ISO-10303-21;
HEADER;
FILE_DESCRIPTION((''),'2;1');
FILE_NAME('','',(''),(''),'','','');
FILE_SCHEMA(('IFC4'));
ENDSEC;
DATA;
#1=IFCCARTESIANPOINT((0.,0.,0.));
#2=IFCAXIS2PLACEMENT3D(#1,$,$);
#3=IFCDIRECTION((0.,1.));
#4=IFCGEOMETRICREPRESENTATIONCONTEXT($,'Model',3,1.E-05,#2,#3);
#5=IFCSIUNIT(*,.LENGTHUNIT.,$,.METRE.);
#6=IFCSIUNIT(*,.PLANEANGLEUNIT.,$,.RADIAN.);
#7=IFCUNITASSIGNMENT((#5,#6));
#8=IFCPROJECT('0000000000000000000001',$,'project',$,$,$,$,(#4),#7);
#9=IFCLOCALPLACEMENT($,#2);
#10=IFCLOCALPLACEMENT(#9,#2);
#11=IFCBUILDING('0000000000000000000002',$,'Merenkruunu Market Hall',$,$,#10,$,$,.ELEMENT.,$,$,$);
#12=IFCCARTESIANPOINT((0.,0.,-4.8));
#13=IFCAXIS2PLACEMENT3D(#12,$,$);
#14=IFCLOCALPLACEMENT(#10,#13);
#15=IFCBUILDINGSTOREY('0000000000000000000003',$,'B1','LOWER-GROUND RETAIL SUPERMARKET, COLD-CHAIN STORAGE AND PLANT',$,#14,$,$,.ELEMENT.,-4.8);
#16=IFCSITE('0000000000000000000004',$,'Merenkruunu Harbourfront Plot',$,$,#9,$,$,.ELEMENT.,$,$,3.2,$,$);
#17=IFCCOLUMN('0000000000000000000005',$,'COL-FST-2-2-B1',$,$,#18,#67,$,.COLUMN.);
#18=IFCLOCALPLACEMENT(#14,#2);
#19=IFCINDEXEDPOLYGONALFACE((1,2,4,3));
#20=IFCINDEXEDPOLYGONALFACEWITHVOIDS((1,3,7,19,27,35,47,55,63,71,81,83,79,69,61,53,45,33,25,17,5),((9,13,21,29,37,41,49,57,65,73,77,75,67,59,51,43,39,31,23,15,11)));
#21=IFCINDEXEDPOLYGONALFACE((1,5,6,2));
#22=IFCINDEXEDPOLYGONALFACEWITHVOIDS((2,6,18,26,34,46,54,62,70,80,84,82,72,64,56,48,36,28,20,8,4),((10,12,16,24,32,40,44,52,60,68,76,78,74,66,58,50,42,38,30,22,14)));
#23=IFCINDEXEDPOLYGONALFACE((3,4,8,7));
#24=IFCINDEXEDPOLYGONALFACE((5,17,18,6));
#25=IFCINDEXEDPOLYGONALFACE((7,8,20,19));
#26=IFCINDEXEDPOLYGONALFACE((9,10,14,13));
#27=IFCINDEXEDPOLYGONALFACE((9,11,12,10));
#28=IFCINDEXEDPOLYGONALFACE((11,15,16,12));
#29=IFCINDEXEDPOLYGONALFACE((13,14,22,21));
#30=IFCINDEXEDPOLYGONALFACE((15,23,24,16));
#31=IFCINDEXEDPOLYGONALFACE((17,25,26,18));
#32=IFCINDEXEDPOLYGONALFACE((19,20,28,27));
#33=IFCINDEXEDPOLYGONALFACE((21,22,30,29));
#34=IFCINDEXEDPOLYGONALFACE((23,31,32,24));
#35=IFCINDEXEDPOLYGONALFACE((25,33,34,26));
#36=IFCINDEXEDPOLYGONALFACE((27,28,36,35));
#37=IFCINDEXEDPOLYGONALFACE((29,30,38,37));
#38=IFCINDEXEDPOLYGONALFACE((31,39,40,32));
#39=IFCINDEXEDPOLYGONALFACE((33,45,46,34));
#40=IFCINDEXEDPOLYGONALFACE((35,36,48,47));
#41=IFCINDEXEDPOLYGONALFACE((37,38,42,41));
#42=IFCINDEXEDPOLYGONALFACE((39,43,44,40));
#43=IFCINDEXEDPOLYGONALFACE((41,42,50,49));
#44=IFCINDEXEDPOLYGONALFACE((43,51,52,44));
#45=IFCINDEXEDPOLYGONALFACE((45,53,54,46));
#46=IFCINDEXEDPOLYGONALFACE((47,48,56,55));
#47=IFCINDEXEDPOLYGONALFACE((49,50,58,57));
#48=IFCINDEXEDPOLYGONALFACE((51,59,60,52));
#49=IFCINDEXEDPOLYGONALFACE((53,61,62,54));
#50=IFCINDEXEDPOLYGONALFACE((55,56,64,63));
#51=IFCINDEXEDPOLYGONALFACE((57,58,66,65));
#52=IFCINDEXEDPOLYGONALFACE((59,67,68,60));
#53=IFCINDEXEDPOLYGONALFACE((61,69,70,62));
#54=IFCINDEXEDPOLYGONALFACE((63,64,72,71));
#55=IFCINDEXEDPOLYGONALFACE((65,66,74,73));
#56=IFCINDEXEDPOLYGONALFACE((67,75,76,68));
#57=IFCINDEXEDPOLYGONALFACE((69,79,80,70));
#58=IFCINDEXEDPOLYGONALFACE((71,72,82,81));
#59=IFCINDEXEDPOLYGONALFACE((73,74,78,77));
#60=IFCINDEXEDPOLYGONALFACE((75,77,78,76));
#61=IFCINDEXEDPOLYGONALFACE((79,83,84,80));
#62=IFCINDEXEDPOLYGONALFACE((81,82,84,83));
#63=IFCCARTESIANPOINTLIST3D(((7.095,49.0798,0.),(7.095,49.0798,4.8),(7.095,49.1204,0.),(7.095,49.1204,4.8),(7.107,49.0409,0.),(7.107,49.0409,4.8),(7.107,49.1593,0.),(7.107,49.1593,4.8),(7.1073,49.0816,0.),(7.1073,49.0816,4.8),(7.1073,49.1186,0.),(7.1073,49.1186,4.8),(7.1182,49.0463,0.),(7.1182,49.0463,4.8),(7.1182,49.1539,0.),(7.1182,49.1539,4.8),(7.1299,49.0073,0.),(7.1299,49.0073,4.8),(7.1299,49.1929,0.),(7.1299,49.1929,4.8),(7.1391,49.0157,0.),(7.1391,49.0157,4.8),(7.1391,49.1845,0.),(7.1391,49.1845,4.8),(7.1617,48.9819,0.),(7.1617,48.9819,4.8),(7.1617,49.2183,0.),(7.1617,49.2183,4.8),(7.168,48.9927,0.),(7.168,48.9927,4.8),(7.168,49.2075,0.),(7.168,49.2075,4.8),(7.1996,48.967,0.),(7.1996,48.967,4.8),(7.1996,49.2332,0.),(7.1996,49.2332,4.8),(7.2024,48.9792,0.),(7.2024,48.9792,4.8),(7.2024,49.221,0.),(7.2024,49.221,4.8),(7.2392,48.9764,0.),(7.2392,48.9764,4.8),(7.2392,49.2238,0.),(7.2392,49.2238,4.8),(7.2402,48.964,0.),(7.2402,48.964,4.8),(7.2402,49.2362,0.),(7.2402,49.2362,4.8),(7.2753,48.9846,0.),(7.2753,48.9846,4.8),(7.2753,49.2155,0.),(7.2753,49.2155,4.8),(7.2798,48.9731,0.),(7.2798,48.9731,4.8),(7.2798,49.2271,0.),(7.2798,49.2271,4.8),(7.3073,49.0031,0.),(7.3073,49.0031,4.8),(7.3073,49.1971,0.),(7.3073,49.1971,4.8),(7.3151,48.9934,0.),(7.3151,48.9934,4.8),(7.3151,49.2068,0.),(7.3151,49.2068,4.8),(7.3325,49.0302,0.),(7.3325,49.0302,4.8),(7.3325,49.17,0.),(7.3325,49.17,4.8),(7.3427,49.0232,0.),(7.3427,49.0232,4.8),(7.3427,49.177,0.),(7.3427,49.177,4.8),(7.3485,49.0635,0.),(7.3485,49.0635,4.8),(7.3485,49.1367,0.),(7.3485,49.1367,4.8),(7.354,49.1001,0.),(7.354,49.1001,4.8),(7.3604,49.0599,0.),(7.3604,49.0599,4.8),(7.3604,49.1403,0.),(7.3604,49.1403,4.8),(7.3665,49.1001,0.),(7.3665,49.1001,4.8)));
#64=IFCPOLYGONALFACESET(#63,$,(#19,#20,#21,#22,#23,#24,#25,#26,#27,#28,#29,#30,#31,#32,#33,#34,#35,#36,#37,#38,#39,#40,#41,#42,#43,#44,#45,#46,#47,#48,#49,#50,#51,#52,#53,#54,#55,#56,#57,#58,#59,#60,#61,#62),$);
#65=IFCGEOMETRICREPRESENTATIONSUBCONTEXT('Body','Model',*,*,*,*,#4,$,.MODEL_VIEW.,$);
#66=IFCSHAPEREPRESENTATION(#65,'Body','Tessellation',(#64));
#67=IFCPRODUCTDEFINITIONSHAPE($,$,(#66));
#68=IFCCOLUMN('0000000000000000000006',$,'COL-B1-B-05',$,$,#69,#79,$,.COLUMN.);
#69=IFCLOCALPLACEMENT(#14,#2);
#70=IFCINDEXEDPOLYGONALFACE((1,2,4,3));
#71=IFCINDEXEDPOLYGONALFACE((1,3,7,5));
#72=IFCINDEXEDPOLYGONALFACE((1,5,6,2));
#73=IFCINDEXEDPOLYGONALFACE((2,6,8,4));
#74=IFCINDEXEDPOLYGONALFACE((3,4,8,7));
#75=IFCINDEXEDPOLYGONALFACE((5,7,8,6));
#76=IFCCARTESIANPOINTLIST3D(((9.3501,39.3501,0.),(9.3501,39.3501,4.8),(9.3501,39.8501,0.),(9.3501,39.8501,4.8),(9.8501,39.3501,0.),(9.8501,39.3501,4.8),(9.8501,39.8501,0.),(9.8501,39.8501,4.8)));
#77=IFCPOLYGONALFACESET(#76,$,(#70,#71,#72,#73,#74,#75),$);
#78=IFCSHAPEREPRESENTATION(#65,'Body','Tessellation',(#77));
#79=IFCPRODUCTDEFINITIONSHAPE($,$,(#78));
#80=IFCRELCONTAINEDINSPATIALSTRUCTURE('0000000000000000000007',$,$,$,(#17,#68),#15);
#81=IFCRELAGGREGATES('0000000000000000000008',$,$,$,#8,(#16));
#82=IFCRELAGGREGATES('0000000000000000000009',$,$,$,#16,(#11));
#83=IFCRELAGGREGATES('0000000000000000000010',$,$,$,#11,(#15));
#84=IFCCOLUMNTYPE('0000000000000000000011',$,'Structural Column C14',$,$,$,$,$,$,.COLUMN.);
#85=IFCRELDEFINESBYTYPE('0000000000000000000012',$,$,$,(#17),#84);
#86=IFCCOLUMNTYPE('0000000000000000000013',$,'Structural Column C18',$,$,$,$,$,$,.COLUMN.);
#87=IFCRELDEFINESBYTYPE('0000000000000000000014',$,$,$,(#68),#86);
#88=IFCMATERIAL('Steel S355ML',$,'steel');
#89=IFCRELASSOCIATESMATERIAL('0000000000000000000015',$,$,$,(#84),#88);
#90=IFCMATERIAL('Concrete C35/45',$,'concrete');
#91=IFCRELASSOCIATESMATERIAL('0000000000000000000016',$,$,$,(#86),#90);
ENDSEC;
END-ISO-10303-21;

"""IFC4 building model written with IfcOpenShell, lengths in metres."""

from ifc_helpers import new_model, si_unit, direction, frame, origin, origin_2d, place, context, subcontext, project, spatial, rectangle, hollow_circle, extrude, material, material_profile, profile_set, type_object, element, save


model = new_model("IFC4")

# Units and contexts
model_context = context("Model", 3, precision=1e-05, world=origin(), true_north=direction((0.0, 1.0)))
body_context = subcontext(model_context, "Body", "Model", "MODEL_VIEW")
ifc_project = project(units=[si_unit("LENGTHUNIT", "METRE"), si_unit("PLANEANGLEUNIT", "RADIAN")], contexts=[model_context])

# Site, building, storey
site_placement = place(None, origin())
site = spatial("IfcSite", under=ifc_project, at=site_placement, Name="Merenkruunu Harbourfront Plot", CompositionType="ELEMENT", RefElevation=3.2)
building_placement = place(site_placement, origin())
building = spatial("IfcBuilding", under=site, at=building_placement, Name="Merenkruunu Market Hall", CompositionType="ELEMENT")
storey_placement = place(building_placement, frame((0.0, 0.0, -4.8)))
storey = spatial("IfcBuildingStorey", under=building, at=storey_placement, Name="B1", Description="LOWER-GROUND RETAIL SUPERMARKET, COLD-CHAIN STORAGE AND PLANT", CompositionType="ELEMENT", Elevation=-4.8)

# Shared definitions
ifc_material_1 = material(Name="Concrete C35/45", Category="concrete")

# Columns
ifc_material_2 = material(Name="Steel S355ML", Category="steel")
ifc_material_profile_1 = material_profile(ifc_material_2, hollow_circle(Radius=0.1365, WallThickness=0.0125, at=origin_2d()), Name="CHS 273x12.5")
ifc_profile_set_1 = profile_set([ifc_material_profile_1], Name="Steel S355ML")
column_type_1 = type_object("IfcColumnType", Name="Structural Column C14", PredefinedType="COLUMN", material=ifc_profile_set_1)
for number, where, z_axis, x_axis, name in (
    (1, (7.23, 49.1001, 0.0), (0.0, 0.0, 1.0), (1.0, 0.0, 0.0), "COL-FST-2-2-B1"),
):
    element("IfcColumn", number, at=place(storey_placement, frame(where, z_axis=z_axis, x_axis=x_axis)), inside=storey, type_object=column_type_1, Name=name, PredefinedType="COLUMN", context=body_context, shape_type="SweptSolid", body=[
        extrude(hollow_circle(Radius=0.1365, WallThickness=0.0125, at=origin_2d()), origin(), (0.0, 0.0, 1.0), 4.8),
    ])
ifc_material_profile_2 = material_profile(ifc_material_1, rectangle(XDim=0.5, YDim=0.5, at=origin_2d()), Name="RC 500x500")
ifc_profile_set_2 = profile_set([ifc_material_profile_2], Name="Concrete C35/45")
column_type_2 = type_object("IfcColumnType", Name="Structural Column C18", PredefinedType="COLUMN", material=ifc_profile_set_2)
column_placement = place(storey_placement, frame((9.6001, 39.6001, 0.0), z_axis=(0.0, 0.0, 1.0), x_axis=(1.0, 0.0, 0.0)))
element("IfcColumn", 2, at=column_placement, inside=storey, type_object=column_type_2, Name="COL-B1-B-05", PredefinedType="COLUMN", context=body_context, shape_type="SweptSolid", body=[
    extrude(rectangle(XDim=0.5, YDim=0.5, at=origin_2d()), origin(), (0.0, 0.0, 1.0), 4.8),
])

save(model, "model.ifc")
